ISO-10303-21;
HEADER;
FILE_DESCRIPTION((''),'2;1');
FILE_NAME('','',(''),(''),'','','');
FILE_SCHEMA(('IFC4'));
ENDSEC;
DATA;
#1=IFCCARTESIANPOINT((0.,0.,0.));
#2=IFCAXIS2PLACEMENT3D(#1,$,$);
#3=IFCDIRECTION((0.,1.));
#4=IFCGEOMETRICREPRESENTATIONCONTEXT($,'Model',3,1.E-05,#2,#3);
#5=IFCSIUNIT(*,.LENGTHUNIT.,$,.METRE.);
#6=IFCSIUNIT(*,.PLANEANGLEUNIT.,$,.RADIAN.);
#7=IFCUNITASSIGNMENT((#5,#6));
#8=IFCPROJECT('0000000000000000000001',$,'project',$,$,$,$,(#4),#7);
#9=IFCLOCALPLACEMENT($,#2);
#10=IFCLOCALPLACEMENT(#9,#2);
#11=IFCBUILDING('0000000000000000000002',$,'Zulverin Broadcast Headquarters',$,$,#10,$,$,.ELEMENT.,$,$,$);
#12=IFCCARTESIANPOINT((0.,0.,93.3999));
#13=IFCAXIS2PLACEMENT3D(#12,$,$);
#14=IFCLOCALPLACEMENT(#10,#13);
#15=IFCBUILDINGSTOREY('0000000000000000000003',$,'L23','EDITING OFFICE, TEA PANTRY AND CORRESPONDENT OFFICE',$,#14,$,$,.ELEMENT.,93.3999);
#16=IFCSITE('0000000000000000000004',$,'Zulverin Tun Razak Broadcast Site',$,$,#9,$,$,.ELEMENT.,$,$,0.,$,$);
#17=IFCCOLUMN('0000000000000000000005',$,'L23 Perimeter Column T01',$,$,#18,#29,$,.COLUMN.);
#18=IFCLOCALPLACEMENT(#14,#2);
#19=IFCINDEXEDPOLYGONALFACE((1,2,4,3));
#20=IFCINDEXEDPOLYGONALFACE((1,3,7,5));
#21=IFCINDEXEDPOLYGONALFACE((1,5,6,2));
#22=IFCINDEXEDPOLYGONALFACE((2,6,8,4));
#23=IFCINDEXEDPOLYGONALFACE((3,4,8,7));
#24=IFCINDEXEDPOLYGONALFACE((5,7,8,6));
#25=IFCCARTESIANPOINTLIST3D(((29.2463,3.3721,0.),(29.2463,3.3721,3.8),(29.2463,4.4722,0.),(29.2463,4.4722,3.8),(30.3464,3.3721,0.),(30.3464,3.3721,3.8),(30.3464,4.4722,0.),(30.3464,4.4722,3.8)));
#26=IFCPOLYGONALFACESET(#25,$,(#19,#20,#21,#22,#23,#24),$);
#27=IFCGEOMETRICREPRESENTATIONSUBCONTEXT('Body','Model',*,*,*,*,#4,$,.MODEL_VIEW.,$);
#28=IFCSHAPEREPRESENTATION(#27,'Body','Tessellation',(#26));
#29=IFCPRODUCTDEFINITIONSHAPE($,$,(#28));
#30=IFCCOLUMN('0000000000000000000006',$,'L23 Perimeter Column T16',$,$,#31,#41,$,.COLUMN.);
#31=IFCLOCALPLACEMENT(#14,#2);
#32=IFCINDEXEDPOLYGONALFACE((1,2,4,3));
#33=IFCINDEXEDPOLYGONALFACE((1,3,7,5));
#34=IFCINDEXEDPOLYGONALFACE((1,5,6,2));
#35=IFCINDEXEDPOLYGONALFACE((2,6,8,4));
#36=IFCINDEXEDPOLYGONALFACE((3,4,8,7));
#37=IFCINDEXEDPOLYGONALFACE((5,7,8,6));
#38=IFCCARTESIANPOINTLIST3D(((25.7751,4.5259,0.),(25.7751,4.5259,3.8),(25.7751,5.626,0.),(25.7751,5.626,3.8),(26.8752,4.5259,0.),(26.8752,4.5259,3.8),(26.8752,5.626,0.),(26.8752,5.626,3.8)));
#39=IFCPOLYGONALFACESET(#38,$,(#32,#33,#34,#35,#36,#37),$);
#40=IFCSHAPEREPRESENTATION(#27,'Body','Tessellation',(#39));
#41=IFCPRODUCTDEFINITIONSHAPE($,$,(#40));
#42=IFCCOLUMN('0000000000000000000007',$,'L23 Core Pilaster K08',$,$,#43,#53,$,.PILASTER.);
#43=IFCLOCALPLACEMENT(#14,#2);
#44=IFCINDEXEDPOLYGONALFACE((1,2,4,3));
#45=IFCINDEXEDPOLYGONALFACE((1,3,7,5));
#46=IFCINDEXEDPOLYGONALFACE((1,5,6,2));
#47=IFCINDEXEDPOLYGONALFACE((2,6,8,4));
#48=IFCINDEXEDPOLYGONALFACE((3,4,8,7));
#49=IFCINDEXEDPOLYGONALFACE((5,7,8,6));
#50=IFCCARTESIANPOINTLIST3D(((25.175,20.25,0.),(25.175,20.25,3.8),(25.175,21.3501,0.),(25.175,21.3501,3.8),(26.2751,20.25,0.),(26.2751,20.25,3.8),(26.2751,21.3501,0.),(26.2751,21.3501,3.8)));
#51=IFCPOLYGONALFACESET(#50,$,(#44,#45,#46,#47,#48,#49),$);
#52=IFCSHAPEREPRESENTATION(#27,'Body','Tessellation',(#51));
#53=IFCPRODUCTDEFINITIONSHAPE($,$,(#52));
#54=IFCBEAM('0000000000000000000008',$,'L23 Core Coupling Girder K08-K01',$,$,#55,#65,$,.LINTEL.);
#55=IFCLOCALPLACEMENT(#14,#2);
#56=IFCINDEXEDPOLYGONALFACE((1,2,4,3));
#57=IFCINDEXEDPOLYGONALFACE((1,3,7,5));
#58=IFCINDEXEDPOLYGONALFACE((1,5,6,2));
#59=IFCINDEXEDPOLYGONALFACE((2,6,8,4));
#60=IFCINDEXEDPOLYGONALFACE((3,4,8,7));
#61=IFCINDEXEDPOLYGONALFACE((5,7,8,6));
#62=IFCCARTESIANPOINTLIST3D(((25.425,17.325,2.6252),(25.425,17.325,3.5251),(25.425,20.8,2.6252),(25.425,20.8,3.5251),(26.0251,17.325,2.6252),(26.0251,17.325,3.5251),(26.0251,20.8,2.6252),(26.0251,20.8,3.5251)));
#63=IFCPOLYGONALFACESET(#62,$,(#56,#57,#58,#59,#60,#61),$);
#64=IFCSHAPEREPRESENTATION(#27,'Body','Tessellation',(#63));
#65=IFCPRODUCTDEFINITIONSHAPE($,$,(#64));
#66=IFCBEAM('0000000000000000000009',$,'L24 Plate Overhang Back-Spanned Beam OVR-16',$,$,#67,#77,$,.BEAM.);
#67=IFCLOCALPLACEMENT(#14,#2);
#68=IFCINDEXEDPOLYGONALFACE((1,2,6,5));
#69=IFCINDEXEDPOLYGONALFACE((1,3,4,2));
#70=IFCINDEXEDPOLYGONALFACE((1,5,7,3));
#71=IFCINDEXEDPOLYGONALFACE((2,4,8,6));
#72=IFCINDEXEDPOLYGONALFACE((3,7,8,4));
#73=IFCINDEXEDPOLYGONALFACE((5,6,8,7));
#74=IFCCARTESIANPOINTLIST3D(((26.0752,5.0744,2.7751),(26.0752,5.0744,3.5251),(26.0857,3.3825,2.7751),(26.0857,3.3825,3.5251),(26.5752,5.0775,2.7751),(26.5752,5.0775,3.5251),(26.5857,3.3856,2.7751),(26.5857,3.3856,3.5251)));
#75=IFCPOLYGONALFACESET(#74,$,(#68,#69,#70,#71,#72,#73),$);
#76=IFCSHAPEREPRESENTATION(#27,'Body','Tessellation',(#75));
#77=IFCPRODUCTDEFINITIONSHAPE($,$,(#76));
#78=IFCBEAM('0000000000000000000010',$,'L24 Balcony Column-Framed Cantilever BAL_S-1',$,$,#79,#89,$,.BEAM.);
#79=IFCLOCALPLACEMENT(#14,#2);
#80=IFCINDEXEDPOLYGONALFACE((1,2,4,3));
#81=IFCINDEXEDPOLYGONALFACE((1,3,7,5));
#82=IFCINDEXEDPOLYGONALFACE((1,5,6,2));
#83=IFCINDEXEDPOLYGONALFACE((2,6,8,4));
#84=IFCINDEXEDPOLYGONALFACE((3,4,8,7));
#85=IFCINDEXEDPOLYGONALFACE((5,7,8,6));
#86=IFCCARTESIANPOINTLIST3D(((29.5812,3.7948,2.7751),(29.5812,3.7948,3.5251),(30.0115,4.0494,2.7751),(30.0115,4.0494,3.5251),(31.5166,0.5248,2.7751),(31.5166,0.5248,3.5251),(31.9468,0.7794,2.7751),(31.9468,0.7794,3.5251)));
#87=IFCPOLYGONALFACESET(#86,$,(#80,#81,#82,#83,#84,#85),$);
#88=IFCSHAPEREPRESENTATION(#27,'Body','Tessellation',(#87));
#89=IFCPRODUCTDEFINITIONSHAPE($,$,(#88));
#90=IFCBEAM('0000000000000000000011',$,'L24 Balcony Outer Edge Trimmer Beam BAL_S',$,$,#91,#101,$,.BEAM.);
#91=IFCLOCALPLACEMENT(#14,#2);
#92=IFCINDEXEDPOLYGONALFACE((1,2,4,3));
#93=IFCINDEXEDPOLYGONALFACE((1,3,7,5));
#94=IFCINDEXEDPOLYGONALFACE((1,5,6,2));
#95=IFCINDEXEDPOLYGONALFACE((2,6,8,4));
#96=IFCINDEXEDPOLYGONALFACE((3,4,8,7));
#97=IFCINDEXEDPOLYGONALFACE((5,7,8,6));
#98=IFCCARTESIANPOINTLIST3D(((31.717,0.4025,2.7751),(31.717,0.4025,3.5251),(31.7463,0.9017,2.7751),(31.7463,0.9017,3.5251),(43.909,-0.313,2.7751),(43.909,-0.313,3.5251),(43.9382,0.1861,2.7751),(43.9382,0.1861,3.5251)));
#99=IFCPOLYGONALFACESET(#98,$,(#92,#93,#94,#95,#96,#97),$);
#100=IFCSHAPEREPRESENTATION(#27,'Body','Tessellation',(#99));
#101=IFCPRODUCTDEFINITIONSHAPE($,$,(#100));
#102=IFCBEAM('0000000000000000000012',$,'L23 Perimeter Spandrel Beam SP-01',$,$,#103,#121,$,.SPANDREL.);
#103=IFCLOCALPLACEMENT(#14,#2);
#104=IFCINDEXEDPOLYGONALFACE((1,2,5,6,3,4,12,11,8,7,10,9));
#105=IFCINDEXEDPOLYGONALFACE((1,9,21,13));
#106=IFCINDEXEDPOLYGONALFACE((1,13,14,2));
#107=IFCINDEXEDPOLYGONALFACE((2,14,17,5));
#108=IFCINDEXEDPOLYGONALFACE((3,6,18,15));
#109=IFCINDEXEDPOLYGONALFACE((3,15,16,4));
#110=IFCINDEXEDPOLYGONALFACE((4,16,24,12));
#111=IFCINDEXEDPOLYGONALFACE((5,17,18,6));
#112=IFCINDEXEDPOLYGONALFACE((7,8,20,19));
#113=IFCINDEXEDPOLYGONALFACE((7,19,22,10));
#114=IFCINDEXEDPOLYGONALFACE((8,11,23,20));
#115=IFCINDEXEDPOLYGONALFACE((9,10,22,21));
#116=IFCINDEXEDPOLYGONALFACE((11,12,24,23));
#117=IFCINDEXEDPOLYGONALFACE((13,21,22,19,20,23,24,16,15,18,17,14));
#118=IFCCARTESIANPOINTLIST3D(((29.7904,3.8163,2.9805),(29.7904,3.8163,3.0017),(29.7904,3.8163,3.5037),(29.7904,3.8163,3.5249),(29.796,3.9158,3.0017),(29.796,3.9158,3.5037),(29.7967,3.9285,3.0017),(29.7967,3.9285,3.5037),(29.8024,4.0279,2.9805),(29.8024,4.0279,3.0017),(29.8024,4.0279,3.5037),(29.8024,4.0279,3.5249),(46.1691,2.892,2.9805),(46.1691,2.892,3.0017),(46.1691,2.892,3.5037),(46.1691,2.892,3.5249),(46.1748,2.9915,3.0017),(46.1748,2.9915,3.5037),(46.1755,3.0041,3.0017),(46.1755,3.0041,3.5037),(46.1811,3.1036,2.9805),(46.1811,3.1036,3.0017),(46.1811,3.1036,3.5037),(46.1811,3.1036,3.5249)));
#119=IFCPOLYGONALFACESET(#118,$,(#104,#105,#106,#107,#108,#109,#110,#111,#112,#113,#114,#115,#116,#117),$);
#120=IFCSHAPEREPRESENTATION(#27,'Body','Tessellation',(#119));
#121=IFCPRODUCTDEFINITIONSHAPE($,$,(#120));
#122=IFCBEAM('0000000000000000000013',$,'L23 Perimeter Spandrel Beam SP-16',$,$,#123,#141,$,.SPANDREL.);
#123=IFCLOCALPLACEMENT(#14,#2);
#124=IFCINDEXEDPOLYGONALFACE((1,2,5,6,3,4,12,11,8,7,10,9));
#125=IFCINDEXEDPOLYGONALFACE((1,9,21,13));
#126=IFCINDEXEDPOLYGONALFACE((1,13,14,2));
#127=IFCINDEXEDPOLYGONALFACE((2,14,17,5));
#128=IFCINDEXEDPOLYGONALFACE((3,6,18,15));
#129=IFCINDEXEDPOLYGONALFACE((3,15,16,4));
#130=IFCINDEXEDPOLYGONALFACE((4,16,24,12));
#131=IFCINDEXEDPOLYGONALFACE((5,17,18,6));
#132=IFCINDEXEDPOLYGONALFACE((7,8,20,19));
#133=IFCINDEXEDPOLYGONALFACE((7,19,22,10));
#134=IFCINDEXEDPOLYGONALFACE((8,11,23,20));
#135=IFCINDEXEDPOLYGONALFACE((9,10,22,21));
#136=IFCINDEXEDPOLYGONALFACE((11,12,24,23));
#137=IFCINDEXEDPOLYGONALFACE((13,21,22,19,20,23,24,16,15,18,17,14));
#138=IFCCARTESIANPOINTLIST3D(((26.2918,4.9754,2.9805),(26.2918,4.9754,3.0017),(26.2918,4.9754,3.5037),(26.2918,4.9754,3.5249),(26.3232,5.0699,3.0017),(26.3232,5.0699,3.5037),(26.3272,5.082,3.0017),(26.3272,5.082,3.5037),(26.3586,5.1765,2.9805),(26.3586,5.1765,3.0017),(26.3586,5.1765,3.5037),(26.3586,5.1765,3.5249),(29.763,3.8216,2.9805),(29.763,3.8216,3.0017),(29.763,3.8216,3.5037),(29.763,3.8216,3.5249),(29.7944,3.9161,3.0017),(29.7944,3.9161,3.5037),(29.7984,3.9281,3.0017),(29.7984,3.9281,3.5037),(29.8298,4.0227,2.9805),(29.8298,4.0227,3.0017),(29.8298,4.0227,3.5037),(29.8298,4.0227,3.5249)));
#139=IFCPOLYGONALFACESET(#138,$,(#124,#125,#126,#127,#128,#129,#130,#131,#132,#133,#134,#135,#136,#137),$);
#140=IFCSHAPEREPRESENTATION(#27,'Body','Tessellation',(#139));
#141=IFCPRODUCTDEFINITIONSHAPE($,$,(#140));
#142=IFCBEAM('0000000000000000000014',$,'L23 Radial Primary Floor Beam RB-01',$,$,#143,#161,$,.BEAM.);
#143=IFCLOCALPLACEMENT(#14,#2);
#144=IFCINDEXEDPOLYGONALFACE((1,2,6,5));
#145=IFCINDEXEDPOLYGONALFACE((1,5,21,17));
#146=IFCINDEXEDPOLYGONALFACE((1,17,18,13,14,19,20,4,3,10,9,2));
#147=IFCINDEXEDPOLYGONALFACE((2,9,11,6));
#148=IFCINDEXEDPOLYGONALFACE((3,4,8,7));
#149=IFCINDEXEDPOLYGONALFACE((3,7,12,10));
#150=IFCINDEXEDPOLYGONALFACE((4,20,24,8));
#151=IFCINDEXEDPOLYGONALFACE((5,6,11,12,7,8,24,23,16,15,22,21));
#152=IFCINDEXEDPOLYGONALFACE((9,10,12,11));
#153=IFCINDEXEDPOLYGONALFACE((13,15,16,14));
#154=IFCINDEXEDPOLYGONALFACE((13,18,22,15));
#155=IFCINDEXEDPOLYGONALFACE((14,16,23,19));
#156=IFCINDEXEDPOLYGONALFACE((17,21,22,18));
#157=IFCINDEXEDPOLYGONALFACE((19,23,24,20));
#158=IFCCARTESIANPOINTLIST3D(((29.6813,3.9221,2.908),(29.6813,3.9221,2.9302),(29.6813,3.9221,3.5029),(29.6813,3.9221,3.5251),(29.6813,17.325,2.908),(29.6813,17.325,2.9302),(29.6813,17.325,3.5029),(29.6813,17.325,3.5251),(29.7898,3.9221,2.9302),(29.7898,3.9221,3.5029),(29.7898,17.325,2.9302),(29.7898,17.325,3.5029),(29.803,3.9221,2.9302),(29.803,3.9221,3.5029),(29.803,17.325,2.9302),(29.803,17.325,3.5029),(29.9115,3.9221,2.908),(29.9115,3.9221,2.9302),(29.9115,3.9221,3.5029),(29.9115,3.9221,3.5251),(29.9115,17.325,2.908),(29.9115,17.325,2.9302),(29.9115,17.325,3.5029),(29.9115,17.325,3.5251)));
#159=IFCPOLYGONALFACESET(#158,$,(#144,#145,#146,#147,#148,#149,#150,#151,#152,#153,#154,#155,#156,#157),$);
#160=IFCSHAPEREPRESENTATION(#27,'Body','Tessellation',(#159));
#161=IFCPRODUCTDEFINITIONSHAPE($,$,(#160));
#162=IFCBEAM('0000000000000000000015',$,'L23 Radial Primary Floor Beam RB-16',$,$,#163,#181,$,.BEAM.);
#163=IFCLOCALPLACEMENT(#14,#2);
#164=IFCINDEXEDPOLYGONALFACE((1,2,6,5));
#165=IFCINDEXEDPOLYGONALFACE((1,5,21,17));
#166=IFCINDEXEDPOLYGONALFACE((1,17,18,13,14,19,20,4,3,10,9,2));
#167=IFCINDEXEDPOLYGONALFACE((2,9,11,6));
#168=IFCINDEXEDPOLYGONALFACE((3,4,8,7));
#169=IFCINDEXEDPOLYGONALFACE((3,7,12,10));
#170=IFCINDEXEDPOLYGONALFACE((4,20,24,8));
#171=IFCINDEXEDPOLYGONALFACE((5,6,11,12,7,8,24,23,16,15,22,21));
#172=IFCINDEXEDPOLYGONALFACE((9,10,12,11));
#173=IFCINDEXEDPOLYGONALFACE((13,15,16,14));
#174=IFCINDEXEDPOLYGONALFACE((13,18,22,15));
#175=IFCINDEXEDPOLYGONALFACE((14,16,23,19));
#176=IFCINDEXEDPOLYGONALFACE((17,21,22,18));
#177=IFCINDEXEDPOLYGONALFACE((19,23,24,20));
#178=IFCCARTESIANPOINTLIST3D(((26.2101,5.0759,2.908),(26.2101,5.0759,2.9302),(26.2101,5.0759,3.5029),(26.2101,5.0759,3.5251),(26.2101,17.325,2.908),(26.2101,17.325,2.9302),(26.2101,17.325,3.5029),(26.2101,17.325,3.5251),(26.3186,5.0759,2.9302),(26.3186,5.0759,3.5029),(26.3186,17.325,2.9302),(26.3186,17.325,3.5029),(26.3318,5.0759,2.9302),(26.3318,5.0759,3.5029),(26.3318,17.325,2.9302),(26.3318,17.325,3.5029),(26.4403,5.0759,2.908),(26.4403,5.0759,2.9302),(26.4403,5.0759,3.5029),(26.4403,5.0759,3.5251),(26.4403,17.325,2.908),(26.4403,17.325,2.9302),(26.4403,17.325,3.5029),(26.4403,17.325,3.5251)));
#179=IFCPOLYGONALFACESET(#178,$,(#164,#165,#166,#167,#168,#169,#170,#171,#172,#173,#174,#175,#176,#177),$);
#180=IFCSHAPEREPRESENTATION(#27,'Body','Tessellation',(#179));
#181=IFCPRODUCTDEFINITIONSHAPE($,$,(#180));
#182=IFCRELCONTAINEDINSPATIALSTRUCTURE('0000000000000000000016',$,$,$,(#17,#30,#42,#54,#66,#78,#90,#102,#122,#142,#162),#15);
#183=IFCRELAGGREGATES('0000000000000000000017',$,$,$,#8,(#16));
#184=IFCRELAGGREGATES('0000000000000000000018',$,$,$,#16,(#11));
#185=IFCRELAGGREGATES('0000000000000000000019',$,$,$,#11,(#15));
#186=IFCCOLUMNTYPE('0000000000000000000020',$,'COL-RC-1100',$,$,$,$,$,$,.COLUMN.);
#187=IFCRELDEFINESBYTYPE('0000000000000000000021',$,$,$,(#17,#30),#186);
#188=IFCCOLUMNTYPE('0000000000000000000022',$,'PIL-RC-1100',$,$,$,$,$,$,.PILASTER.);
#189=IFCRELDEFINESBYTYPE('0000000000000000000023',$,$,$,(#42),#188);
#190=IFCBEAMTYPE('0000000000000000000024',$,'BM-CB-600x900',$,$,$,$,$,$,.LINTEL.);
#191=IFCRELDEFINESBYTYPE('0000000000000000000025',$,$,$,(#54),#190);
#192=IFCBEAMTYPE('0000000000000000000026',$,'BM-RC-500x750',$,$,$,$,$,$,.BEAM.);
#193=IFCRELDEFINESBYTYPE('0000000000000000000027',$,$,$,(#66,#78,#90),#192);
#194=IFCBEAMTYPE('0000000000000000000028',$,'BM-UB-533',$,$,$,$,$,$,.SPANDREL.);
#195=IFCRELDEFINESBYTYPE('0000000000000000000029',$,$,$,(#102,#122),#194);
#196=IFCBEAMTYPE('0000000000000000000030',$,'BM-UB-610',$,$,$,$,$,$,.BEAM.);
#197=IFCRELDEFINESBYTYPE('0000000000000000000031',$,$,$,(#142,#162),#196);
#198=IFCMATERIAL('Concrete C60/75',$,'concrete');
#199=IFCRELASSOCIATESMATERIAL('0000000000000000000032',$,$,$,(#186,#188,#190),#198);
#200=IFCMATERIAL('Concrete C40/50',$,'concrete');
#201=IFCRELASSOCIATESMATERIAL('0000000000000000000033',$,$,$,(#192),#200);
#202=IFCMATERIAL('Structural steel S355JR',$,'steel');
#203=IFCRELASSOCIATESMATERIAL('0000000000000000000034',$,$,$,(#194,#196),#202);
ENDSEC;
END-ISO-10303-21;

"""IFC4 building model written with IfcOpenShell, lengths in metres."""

from ifc_helpers import new_model, si_unit, direction, frame, origin, origin_2d, place, context, subcontext, project, spatial, rectangle, i_section, extrude, material, material_profile, profile_set, type_object, element, save


model = new_model("IFC4")

# Units and contexts
model_context = context("Model", 3, precision=1e-05, world=origin(), true_north=direction((0.0, 1.0)))
body_context = subcontext(model_context, "Body", "Model", "MODEL_VIEW")
ifc_project = project(units=[si_unit("LENGTHUNIT", "METRE"), si_unit("PLANEANGLEUNIT", "RADIAN")], contexts=[model_context])

# Site, building, storey
site_placement = place(None, origin())
site = spatial("IfcSite", under=ifc_project, at=site_placement, Name="Zulverin Tun Razak Broadcast Site", CompositionType="ELEMENT", RefElevation=0.0)
building_placement = place(site_placement, origin())
building = spatial("IfcBuilding", under=site, at=building_placement, Name="Zulverin Broadcast Headquarters", CompositionType="ELEMENT")
storey_placement = place(building_placement, frame((0.0, 0.0, 93.3999)))
storey = spatial("IfcBuildingStorey", under=building, at=storey_placement, Name="L23", Description="EDITING OFFICE, TEA PANTRY AND CORRESPONDENT OFFICE", CompositionType="ELEMENT", Elevation=93.3999)

# Columns
ifc_material_1 = material(Name="Concrete C60/75", Category="concrete")
ifc_material_profile_1 = material_profile(ifc_material_1, rectangle(XDim=1.1001, YDim=1.1001, at=origin_2d()), Name="Concrete C60/75", Category="concrete")
ifc_profile_set_1 = profile_set([ifc_material_profile_1], Name="Concrete C60/75")
column_type_1 = type_object("IfcColumnType", Name="COL-RC-1100", PredefinedType="COLUMN", material=ifc_profile_set_1)
for number, where, z_axis, x_axis, name in (
    (1, (29.7964, 3.9221, 0.0), (0.0, 0.0, 1.0), (1.0, 0.0, 0.0), "L23 Perimeter Column T01"),
    (2, (26.3252, 5.0759, 0.0), (0.0, 0.0, 1.0), (1.0, 0.0, 0.0), "L23 Perimeter Column T16"),
):
    element("IfcColumn", number, at=place(storey_placement, frame(where, z_axis=z_axis, x_axis=x_axis)), inside=storey, type_object=column_type_1, Name=name, PredefinedType="COLUMN", context=body_context, shape_type="SweptSolid", body=[
        extrude(rectangle(XDim=1.1001, YDim=1.1001, at=origin_2d()), origin(), (0.0, 0.0, 1.0), 3.8),
    ])
ifc_material_profile_2 = material_profile(ifc_material_1, rectangle(XDim=1.1001, YDim=1.1001, at=origin_2d()), Name="Concrete C60/75", Category="concrete")
ifc_profile_set_2 = profile_set([ifc_material_profile_2], Name="Concrete C60/75")
column_type_2 = type_object("IfcColumnType", Name="PIL-RC-1100", PredefinedType="PILASTER", material=ifc_profile_set_2)
column_placement = place(storey_placement, frame((25.7251, 20.8, 0.0), z_axis=(0.0, 0.0, 1.0), x_axis=(1.0, 0.0, 0.0)))
element("IfcColumn", 3, at=column_placement, inside=storey, type_object=column_type_2, Name="L23 Core Pilaster K08", PredefinedType="PILASTER", context=body_context, shape_type="SweptSolid", body=[
    extrude(rectangle(XDim=1.1001, YDim=1.1001, at=origin_2d()), origin(), (0.0, 0.0, 1.0), 3.8),
])

# Beams
ifc_material_profile_3 = material_profile(ifc_material_1, rectangle(XDim=0.6001, YDim=0.8999, at=origin_2d()), Name="Concrete C60/75", Category="concrete")
ifc_profile_set_3 = profile_set([ifc_material_profile_3], Name="Concrete C60/75")
beam_type_1 = type_object("IfcBeamType", Name="BM-CB-600x900", PredefinedType="LINTEL", material=ifc_profile_set_3)
beam_1_placement = place(storey_placement, frame((25.7251, 20.8, 3.0752), z_axis=(0.0, -1.0, 0.0), x_axis=(1.0, 0.0, 0.0)))
element("IfcBeam", 4, at=beam_1_placement, inside=storey, type_object=beam_type_1, Name="L23 Core Coupling Girder K08-K01", PredefinedType="LINTEL", context=body_context, shape_type="SweptSolid", body=[
    extrude(rectangle(XDim=0.6001, YDim=0.8999, at=origin_2d()), origin(), (0.0, 0.0, 1.0), 3.4751),
])
ifc_material_2 = material(Name="Concrete C40/50", Category="concrete")
ifc_material_profile_4 = material_profile(ifc_material_2, rectangle(XDim=0.5, YDim=0.75, at=origin_2d()), Name="Concrete C40/50", Category="concrete")
ifc_profile_set_4 = profile_set([ifc_material_profile_4], Name="Concrete C40/50")
beam_type_2 = type_object("IfcBeamType", Name="BM-RC-500x750", PredefinedType="BEAM", material=ifc_profile_set_4)
beam_2_placement = place(storey_placement, frame((26.3252, 5.0759, 3.1501), z_axis=(0.006205, -0.999981, 0.0), x_axis=(0.999981, 0.006205, 0.0)))
element("IfcBeam", 5, at=beam_2_placement, inside=storey, type_object=beam_type_2, Name="L24 Plate Overhang Back-Spanned Beam OVR-16", PredefinedType="BEAM", context=body_context, shape_type="SweptSolid", body=[
    extrude(rectangle(XDim=0.5, YDim=0.75, at=origin_2d()), origin(), (0.0, 0.0, 1.0), 1.6919),
])
beam_3_placement = place(storey_placement, frame((29.7964, 3.9221, 3.1501), z_axis=(0.509318, -0.860578, 0.0), x_axis=(0.860578, 0.509318, 0.0)))
element("IfcBeam", 6, at=beam_3_placement, inside=storey, type_object=beam_type_2, Name="L24 Balcony Column-Framed Cantilever BAL_S-1", PredefinedType="BEAM", context=body_context, shape_type="SweptSolid", body=[
    extrude(rectangle(XDim=0.5, YDim=0.75, at=origin_2d()), origin(), (0.0, 0.0, 1.0), 3.7998),
])
beam_4_placement = place(storey_placement, frame((31.7317, 0.6521, 3.1501), z_axis=(0.998282, -0.058592, 0.0), x_axis=(0.058592, 0.998282, 0.0)))
element("IfcBeam", 7, at=beam_4_placement, inside=storey, type_object=beam_type_2, Name="L24 Balcony Outer Edge Trimmer Beam BAL_S", PredefinedType="BEAM", context=body_context, shape_type="SweptSolid", body=[
    extrude(rectangle(XDim=0.5, YDim=0.75, at=origin_2d()), origin(), (0.0, 0.0, 1.0), 12.2129),
])
ifc_material_3 = material(Name="Structural steel S355JR", Category="steel")
ifc_material_profile_5 = material_profile(ifc_material_3, i_section(OverallWidth=0.2119, OverallDepth=0.5444, WebThickness=0.0127, FlangeThickness=0.0212, at=origin_2d()), Name="Structural steel S355JR", Category="steel")
ifc_profile_set_5 = profile_set([ifc_material_profile_5], Name="Structural steel S355JR")
beam_type_3 = type_object("IfcBeamType", Name="BM-UB-533", PredefinedType="SPANDREL", material=ifc_profile_set_5)
beam_5_placement = place(storey_placement, frame((29.7964, 3.9221, 3.2527), z_axis=(0.998411, -0.056345, 0.0), x_axis=(0.056345, 0.998411, 0.0)))
element("IfcBeam", 8, at=beam_5_placement, inside=storey, type_object=beam_type_3, Name="L23 Perimeter Spandrel Beam SP-01", PredefinedType="SPANDREL", context=body_context, shape_type="SweptSolid", body=[
    extrude(i_section(OverallWidth=0.2119, OverallDepth=0.5444, WebThickness=0.0127, FlangeThickness=0.0212, at=origin_2d()), origin(), (0.0, 0.0, 1.0), 16.4048),
])
beam_6_placement = place(storey_placement, frame((26.3252, 5.0759, 3.2527), z_axis=(0.94895, -0.315427, 0.0), x_axis=(0.315427, 0.94895, 0.0)))
element("IfcBeam", 9, at=beam_6_placement, inside=storey, type_object=beam_type_3, Name="L23 Perimeter Spandrel Beam SP-16", PredefinedType="SPANDREL", context=body_context, shape_type="SweptSolid", body=[
    extrude(i_section(OverallWidth=0.2119, OverallDepth=0.5444, WebThickness=0.0127, FlangeThickness=0.0212, at=origin_2d()), origin(), (0.0, 0.0, 1.0), 3.658),
])
ifc_material_profile_6 = material_profile(ifc_material_3, i_section(OverallWidth=0.2302, OverallDepth=0.6172, WebThickness=0.0132, FlangeThickness=0.0222, at=origin_2d()), Name="Structural steel S355JR", Category="steel")
ifc_profile_set_6 = profile_set([ifc_material_profile_6], Name="Structural steel S355JR")
beam_type_4 = type_object("IfcBeamType", Name="BM-UB-610", PredefinedType="BEAM", material=ifc_profile_set_6)
beam_7_placement = place(storey_placement, frame((29.7964, 17.325, 3.2166), z_axis=(0.0, -1.0, 0.0), x_axis=(1.0, 0.0, 0.0)))
element("IfcBeam", 10, at=beam_7_placement, inside=storey, type_object=beam_type_4, Name="L23 Radial Primary Floor Beam RB-01", PredefinedType="BEAM", context=body_context, shape_type="SweptSolid", body=[
    extrude(i_section(OverallWidth=0.2302, OverallDepth=0.6172, WebThickness=0.0132, FlangeThickness=0.0222, at=origin_2d()), origin(), (0.0, 0.0, 1.0), 13.4028),
])
beam_8_placement = place(storey_placement, frame((26.3252, 17.325, 3.2166), z_axis=(0.0, -1.0, 0.0), x_axis=(1.0, 0.0, 0.0)))
element("IfcBeam", 11, at=beam_8_placement, inside=storey, type_object=beam_type_4, Name="L23 Radial Primary Floor Beam RB-16", PredefinedType="BEAM", context=body_context, shape_type="SweptSolid", body=[
    extrude(i_section(OverallWidth=0.2302, OverallDepth=0.6172, WebThickness=0.0132, FlangeThickness=0.0222, at=origin_2d()), origin(), (0.0, 0.0, 1.0), 12.249),
])

save(model, "model.ifc")
